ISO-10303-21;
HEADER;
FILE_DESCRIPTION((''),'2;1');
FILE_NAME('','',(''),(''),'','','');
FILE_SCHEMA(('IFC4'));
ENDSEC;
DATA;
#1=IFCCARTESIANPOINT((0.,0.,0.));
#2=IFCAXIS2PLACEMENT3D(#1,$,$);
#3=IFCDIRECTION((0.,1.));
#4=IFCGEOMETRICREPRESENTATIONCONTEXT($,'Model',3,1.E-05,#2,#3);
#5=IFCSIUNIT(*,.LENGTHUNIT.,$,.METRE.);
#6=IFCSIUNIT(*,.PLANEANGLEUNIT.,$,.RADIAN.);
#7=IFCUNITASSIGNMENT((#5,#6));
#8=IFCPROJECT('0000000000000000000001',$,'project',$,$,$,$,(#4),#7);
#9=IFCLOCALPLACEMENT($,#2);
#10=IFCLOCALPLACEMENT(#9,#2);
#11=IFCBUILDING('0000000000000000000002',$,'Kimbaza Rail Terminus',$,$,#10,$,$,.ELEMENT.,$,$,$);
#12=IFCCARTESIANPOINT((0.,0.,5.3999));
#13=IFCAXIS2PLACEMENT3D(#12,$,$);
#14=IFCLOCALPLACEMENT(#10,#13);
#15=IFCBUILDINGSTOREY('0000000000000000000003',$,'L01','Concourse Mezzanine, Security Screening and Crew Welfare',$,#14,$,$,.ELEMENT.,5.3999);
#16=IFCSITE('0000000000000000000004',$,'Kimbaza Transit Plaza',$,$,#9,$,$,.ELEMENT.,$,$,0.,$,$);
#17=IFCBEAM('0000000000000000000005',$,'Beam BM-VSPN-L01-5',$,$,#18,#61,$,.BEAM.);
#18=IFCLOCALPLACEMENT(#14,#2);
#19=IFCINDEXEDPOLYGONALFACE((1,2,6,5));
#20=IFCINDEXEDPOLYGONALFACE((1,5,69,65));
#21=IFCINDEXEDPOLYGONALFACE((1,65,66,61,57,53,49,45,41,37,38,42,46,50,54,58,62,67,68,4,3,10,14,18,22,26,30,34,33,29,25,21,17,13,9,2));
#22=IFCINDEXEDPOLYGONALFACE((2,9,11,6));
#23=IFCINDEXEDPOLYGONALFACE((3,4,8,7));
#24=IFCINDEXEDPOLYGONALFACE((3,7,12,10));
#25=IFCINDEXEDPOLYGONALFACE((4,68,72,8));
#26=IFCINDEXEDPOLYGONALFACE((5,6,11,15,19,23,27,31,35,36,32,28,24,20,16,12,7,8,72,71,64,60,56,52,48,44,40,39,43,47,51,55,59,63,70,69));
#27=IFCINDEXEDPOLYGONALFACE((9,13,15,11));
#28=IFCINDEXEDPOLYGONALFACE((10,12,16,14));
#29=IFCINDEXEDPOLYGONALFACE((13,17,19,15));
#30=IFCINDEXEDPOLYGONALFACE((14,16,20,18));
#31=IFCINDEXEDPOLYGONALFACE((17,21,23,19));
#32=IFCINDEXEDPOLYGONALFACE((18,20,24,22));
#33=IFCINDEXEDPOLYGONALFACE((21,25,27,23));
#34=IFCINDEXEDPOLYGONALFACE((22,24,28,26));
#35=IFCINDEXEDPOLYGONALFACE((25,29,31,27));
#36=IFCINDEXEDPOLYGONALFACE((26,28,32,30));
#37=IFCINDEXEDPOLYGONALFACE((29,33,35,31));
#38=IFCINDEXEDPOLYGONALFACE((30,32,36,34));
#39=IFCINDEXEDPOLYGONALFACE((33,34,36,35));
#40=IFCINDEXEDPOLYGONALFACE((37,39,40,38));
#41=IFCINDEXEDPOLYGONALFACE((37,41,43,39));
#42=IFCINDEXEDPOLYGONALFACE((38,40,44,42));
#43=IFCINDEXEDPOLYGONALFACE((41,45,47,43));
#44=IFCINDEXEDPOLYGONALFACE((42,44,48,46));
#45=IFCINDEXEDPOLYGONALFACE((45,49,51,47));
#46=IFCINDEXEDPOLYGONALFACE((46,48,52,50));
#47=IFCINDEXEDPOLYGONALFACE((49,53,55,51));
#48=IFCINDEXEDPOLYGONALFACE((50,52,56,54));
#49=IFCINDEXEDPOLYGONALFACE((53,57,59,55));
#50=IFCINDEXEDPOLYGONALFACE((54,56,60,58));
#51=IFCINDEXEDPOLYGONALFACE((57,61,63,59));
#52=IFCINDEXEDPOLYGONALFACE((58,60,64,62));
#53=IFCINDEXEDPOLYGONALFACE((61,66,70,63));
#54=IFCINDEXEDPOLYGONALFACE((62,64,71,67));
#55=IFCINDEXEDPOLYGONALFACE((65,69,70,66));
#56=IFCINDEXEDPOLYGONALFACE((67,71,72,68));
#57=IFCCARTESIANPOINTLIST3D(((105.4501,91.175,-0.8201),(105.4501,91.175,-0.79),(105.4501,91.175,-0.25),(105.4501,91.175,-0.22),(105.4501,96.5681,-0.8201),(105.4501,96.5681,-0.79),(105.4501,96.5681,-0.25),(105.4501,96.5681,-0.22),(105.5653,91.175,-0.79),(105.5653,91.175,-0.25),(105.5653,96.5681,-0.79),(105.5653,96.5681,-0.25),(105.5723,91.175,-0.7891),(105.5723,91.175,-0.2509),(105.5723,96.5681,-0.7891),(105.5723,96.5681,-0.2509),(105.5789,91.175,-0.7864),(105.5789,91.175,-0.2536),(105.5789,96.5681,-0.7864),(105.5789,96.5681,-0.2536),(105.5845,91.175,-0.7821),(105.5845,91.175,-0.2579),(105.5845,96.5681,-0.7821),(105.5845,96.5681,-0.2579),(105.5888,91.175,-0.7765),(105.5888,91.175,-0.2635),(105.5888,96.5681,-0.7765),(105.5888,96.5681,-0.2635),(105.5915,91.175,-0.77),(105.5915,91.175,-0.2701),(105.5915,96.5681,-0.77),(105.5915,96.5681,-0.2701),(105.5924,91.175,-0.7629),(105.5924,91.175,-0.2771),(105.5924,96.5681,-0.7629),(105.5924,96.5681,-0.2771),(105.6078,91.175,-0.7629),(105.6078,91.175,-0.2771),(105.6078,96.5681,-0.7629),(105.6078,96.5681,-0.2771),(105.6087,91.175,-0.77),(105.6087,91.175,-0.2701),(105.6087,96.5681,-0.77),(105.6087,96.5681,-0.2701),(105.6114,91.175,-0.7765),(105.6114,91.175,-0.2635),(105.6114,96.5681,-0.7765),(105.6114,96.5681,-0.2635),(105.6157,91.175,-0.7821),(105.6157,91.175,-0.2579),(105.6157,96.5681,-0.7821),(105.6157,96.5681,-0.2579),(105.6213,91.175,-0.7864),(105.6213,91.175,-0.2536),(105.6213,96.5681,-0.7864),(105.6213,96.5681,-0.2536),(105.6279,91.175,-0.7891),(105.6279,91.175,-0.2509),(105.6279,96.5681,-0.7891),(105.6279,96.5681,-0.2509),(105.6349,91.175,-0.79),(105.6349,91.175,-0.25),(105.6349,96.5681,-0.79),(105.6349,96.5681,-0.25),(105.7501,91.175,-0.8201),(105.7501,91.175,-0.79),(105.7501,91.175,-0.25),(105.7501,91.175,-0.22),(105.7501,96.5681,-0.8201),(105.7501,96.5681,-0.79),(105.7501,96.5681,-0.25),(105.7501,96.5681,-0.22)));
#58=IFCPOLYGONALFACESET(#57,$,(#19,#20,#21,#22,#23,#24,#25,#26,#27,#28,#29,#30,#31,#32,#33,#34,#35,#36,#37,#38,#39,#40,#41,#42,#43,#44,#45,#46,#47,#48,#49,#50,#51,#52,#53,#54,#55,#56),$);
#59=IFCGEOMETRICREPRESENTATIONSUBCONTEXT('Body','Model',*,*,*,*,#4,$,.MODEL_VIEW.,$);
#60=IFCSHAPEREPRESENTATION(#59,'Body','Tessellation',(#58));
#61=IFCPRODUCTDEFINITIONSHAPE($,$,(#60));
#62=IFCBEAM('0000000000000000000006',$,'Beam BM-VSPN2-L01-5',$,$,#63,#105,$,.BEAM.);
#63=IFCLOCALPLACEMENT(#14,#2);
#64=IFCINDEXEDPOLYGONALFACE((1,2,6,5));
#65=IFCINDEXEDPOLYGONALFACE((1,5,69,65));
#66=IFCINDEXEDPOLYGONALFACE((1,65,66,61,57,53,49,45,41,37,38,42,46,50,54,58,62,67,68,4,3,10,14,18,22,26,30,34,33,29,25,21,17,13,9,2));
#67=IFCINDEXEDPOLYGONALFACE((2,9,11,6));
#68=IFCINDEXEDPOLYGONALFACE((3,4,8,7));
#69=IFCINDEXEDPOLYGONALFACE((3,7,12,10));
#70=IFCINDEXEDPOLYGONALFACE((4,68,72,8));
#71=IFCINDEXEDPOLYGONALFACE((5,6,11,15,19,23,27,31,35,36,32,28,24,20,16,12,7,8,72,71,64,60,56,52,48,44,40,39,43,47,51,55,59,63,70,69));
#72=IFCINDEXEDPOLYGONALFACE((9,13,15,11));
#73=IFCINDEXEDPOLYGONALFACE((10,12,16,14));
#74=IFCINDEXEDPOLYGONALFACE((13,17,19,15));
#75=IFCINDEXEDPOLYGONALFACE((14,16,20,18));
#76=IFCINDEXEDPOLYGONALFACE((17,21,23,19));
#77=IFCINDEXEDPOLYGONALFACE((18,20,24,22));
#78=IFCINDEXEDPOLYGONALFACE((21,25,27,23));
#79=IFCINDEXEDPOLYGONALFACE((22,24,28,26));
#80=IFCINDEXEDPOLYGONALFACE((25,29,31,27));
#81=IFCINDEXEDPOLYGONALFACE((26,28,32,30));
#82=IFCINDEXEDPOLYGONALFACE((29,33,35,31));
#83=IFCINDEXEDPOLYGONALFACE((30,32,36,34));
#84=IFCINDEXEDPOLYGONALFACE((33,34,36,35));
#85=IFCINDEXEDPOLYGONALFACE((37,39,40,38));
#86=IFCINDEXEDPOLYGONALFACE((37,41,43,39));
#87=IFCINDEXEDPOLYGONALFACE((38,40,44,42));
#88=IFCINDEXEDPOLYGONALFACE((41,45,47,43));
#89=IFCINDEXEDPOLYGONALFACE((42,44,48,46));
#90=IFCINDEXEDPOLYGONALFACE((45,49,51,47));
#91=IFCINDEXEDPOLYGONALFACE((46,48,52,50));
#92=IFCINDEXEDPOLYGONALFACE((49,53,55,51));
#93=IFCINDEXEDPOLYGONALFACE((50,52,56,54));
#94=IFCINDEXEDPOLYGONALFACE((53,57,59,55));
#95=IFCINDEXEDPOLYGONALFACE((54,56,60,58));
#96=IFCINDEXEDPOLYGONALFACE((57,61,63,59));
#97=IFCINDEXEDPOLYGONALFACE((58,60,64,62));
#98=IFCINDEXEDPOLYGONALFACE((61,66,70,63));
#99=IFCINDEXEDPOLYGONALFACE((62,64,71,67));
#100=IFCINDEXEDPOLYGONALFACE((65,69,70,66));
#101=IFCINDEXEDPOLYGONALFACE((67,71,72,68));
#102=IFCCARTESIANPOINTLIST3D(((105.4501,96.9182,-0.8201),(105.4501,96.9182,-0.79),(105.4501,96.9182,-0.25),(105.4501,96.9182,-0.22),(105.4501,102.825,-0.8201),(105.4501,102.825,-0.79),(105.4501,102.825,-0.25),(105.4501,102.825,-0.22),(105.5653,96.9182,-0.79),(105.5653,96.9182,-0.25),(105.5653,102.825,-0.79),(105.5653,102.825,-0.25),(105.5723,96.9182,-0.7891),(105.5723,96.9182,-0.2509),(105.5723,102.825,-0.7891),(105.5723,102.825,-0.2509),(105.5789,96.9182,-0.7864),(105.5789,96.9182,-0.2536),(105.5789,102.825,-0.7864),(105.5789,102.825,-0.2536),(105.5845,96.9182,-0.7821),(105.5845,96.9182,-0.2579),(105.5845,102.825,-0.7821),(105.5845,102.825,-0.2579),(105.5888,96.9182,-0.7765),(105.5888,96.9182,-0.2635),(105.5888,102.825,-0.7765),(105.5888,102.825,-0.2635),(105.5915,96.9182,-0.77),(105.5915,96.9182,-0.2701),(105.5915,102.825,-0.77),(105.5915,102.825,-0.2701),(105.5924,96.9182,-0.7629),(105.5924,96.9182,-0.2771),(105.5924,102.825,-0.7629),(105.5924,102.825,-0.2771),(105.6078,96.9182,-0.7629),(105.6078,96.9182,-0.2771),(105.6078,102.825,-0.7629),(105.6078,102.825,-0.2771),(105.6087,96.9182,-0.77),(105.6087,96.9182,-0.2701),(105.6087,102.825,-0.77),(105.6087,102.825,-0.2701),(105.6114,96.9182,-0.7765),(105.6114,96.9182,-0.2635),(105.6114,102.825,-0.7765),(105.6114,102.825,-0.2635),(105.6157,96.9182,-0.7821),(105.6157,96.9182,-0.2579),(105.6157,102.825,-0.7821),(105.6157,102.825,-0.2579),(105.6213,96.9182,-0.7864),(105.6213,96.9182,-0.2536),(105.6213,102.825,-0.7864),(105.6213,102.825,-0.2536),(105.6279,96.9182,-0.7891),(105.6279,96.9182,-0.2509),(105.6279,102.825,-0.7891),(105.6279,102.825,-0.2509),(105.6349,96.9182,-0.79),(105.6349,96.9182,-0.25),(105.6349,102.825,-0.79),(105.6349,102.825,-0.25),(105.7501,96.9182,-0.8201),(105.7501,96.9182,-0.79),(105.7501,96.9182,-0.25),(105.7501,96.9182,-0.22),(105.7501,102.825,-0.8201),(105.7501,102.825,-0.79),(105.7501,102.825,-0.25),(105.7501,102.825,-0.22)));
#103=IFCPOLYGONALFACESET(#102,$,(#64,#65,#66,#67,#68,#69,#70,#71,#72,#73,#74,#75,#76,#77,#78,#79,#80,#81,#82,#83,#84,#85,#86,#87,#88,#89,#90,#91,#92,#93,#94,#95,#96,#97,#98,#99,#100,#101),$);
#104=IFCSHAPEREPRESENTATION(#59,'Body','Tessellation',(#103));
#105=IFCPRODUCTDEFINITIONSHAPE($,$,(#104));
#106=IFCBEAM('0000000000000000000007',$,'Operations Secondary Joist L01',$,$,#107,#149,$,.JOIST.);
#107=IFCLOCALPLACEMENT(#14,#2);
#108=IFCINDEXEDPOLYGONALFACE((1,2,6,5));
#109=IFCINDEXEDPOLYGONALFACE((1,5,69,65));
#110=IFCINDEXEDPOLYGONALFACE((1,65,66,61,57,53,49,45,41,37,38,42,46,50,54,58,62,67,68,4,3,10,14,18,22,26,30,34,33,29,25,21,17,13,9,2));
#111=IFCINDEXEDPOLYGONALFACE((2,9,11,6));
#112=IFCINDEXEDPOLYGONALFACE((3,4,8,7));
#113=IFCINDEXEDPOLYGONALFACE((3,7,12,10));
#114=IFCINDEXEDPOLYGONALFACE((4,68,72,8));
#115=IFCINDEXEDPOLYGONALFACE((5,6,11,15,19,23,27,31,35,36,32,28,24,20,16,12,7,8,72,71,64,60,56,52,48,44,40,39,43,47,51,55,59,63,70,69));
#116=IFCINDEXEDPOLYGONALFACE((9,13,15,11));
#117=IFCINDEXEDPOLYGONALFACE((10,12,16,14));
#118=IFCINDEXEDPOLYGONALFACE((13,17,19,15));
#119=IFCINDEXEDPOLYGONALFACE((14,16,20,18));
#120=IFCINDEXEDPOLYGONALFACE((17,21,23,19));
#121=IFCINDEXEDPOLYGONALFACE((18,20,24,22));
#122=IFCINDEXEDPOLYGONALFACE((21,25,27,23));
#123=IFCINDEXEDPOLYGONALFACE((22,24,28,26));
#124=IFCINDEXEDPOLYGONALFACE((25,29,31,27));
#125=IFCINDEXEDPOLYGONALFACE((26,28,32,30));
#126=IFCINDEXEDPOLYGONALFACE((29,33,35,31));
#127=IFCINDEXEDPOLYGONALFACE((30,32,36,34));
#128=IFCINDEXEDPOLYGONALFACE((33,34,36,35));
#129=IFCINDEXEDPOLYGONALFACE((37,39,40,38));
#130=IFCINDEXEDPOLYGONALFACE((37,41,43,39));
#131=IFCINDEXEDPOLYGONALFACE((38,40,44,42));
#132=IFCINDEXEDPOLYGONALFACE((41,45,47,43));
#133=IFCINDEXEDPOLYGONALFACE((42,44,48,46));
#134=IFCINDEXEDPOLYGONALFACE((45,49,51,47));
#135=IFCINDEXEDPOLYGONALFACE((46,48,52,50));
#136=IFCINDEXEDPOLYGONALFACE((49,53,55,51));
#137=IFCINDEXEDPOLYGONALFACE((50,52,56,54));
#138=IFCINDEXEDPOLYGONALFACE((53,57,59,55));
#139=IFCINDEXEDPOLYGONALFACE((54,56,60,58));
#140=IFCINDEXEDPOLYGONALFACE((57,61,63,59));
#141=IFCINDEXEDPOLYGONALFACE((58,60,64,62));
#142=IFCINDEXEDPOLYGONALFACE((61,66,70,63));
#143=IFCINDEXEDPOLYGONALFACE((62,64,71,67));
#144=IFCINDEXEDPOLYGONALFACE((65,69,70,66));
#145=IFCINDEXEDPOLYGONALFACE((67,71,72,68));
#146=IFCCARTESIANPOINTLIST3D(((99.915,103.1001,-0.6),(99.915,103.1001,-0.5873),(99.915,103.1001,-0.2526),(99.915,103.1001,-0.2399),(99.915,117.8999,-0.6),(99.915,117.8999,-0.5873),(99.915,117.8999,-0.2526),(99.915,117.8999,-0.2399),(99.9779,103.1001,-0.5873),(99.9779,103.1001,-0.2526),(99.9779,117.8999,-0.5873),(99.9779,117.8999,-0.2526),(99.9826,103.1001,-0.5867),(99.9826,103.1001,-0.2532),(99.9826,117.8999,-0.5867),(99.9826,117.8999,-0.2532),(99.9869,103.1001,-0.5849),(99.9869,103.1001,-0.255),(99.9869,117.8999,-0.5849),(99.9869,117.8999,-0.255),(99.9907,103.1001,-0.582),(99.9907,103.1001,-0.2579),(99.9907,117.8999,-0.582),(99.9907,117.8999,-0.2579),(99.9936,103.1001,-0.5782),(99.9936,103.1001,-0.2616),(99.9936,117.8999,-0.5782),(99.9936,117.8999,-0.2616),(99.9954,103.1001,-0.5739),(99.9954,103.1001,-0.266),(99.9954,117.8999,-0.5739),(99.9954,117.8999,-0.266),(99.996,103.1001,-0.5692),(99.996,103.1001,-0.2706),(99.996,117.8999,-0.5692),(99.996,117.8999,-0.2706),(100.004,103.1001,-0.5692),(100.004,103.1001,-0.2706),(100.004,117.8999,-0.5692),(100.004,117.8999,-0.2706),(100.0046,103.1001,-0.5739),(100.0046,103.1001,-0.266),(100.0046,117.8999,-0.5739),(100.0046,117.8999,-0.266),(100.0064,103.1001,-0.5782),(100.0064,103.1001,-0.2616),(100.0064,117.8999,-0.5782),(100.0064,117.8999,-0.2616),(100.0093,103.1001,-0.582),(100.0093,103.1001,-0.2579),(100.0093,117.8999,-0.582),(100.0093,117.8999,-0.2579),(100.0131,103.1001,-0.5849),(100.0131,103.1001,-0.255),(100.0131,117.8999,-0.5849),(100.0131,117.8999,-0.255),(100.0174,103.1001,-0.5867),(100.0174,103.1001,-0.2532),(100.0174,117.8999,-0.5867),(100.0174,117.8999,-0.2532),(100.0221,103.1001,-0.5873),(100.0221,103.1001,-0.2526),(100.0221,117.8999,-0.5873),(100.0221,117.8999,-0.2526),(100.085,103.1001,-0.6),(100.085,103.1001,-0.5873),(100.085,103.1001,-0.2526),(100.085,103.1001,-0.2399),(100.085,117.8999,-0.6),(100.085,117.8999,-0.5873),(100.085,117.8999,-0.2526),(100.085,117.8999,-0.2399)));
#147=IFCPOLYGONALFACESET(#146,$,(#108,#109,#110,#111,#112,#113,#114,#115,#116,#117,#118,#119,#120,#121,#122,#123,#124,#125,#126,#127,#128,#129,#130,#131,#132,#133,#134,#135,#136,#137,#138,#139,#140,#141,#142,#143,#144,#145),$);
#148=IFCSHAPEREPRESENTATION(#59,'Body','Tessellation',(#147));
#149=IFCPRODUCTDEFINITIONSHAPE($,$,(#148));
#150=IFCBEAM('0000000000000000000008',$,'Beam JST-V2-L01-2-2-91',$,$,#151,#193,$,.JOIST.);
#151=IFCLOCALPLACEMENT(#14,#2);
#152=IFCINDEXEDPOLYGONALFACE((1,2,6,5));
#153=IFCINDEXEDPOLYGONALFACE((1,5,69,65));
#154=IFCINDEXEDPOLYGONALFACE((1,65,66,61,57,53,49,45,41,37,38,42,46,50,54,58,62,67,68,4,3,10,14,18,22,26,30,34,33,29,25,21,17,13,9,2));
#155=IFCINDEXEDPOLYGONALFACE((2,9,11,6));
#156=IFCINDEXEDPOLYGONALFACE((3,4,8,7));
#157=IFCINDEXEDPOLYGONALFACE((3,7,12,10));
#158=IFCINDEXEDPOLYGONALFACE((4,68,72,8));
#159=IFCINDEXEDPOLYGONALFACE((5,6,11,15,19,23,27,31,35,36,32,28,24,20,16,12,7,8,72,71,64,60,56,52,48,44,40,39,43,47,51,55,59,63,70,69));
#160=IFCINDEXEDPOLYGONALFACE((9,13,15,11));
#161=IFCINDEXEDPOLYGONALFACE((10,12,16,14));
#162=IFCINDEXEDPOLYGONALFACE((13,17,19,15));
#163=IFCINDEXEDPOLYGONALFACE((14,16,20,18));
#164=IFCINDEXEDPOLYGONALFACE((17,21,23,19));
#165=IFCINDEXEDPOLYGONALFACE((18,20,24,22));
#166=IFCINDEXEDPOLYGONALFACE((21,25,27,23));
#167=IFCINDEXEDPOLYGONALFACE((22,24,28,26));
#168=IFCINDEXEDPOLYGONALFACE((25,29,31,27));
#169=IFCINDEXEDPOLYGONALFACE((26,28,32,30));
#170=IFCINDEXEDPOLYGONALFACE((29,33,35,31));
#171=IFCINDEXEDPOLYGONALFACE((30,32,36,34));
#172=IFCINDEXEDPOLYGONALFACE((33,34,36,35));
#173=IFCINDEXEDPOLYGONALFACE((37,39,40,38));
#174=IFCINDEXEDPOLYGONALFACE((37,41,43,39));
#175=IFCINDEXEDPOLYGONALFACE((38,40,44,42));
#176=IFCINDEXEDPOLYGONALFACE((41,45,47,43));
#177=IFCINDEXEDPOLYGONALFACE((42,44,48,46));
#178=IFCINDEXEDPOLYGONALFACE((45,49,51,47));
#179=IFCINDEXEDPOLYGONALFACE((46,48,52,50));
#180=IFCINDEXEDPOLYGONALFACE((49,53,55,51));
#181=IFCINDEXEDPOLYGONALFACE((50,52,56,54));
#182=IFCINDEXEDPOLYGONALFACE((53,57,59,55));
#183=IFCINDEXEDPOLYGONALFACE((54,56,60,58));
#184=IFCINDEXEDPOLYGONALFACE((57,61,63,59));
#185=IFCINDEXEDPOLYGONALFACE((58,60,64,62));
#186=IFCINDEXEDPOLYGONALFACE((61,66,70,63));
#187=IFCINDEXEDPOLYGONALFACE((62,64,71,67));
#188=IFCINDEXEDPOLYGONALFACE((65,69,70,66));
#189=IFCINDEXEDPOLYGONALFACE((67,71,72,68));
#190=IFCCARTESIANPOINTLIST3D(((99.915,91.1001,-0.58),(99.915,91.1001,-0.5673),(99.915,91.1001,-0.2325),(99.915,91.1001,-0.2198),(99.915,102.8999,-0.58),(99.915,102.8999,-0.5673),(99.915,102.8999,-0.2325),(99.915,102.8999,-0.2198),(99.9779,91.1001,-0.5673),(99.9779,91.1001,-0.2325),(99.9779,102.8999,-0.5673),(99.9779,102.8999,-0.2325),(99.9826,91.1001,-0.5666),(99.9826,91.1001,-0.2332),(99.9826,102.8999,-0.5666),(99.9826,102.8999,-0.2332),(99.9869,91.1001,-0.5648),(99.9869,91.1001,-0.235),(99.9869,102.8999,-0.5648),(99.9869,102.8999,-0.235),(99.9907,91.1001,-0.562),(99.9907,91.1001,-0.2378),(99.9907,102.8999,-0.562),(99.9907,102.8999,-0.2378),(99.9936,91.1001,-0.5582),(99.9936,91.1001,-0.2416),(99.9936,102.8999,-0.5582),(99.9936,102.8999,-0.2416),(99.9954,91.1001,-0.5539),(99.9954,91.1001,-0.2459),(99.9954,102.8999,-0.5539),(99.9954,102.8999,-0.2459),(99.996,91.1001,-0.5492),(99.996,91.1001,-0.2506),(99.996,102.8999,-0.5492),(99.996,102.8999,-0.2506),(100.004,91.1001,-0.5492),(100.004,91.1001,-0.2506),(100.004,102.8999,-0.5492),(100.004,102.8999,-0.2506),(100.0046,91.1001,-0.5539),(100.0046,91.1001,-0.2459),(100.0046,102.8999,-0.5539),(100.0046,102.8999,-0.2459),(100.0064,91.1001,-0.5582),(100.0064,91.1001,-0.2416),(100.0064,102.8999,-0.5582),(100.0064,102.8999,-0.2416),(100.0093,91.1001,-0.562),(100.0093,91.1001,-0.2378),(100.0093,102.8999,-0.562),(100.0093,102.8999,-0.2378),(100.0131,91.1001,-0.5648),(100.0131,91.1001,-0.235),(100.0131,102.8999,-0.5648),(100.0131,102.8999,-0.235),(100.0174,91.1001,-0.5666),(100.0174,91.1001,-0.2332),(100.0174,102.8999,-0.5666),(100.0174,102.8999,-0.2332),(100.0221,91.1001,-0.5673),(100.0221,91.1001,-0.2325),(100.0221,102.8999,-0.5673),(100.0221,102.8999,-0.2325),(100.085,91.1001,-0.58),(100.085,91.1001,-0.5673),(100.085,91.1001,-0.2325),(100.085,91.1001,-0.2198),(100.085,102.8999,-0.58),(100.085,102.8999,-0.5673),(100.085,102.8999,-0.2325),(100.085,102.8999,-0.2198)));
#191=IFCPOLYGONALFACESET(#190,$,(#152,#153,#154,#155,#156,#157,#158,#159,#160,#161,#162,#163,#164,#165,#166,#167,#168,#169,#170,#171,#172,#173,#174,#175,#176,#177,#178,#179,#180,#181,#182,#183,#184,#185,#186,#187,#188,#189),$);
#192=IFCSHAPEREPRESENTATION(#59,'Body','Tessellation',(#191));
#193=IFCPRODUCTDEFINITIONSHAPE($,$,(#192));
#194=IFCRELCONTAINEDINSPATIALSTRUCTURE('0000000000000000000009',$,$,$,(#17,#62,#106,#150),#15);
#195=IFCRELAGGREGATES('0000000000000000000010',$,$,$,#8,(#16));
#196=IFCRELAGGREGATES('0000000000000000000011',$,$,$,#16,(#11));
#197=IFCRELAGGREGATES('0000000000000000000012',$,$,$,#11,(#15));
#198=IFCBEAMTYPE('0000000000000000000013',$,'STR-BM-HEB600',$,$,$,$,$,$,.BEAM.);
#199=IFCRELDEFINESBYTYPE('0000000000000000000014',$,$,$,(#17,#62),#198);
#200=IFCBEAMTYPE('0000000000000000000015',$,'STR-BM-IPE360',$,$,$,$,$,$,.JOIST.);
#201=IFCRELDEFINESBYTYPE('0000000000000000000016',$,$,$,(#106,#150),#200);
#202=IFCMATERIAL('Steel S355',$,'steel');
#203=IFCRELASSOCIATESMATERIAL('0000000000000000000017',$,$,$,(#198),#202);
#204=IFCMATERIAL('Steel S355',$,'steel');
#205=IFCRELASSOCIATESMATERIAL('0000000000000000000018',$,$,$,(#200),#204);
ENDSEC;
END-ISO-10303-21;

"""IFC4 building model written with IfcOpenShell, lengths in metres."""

from ifc_helpers import new_model, si_unit, direction, frame, origin, origin_2d, place, context, subcontext, project, spatial, i_section, extrude, material, material_profile, profile_set, type_object, element, save


model = new_model("IFC4")

# Units and contexts
model_context = context("Model", 3, precision=1e-05, world=origin(), true_north=direction((0.0, 1.0)))
body_context = subcontext(model_context, "Body", "Model", "MODEL_VIEW")
ifc_project = project(units=[si_unit("LENGTHUNIT", "METRE"), si_unit("PLANEANGLEUNIT", "RADIAN")], contexts=[model_context])

# Site, building, storey
site_placement = place(None, origin())
site = spatial("IfcSite", under=ifc_project, at=site_placement, Name="Kimbaza Transit Plaza", CompositionType="ELEMENT", RefElevation=0.0)
building_placement = place(site_placement, origin())
building = spatial("IfcBuilding", under=site, at=building_placement, Name="Kimbaza Rail Terminus", CompositionType="ELEMENT")
storey_placement = place(building_placement, frame((0.0, 0.0, 5.3999)))
storey = spatial("IfcBuildingStorey", under=building, at=storey_placement, Name="L01", Description="Concourse Mezzanine, Security Screening and Crew Welfare", CompositionType="ELEMENT", Elevation=5.3999)

# Beams
ifc_material_1 = material(Name="Steel S355", Category="steel")
ifc_material_profile_1 = material_profile(ifc_material_1, i_section(OverallWidth=0.3, OverallDepth=0.6001, WebThickness=0.0154, FlangeThickness=0.03, FilletRadius=0.0271, at=origin_2d()), Name="HEB 600")
ifc_profile_set_1 = profile_set([ifc_material_profile_1], Name="Steel S355")
beam_type_1 = type_object("IfcBeamType", Name="STR-BM-HEB600", PredefinedType="BEAM", material=ifc_profile_set_1)
beam_1_placement = place(storey_placement, frame((105.6001, 91.175, -0.52), z_axis=(0.0, 1.0, 0.0), x_axis=(-1.0, 0.0, 0.0)))
element("IfcBeam", 1, at=beam_1_placement, inside=storey, type_object=beam_type_1, Name="Beam BM-VSPN-L01-5", PredefinedType="BEAM", context=body_context, shape_type="SweptSolid", body=[
    extrude(i_section(OverallWidth=0.3, OverallDepth=0.6001, WebThickness=0.0154, FlangeThickness=0.03, FilletRadius=0.0271, at=origin_2d()), origin(), (0.0, 0.0, 1.0), 5.3931),
])
beam_2_placement = place(storey_placement, frame((105.6001, 96.9182, -0.52), z_axis=(0.0, 1.0, 0.0), x_axis=(-1.0, 0.0, 0.0)))
element("IfcBeam", 2, at=beam_2_placement, inside=storey, type_object=beam_type_1, Name="Beam BM-VSPN2-L01-5", PredefinedType="BEAM", context=body_context, shape_type="SweptSolid", body=[
    extrude(i_section(OverallWidth=0.3, OverallDepth=0.6001, WebThickness=0.0154, FlangeThickness=0.03, FilletRadius=0.0271, at=origin_2d()), origin(), (0.0, 0.0, 1.0), 5.9067),
])
ifc_material_2 = material(Name="Steel S355", Category="steel")
ifc_material_profile_2 = material_profile(ifc_material_2, i_section(OverallWidth=0.1699, OverallDepth=0.3601, WebThickness=0.0081, FlangeThickness=0.0127, FilletRadius=0.0181, at=origin_2d()), Name="IPE 360")
ifc_profile_set_2 = profile_set([ifc_material_profile_2], Name="Steel S355")
beam_type_2 = type_object("IfcBeamType", Name="STR-BM-IPE360", PredefinedType="JOIST", material=ifc_profile_set_2)
beam_3_placement = place(storey_placement, frame((100.0, 103.1001, -0.4199), z_axis=(0.0, 1.0, 0.0), x_axis=(-1.0, 0.0, 0.0)))
element("IfcBeam", 3, at=beam_3_placement, inside=storey, type_object=beam_type_2, Name="Operations Secondary Joist L01", PredefinedType="JOIST", context=body_context, shape_type="SweptSolid", body=[
    extrude(i_section(OverallWidth=0.1699, OverallDepth=0.3601, WebThickness=0.0081, FlangeThickness=0.0127, FilletRadius=0.0181, at=origin_2d()), origin(), (0.0, 0.0, 1.0), 14.7998),
])
for number, where, z_axis, x_axis, name in (
    (4, (100.0, 91.1001, -0.3999), (0.0, 1.0, 0.0), (-1.0, 0.0, 0.0), "Beam JST-V2-L01-2-2-91"),
):
    element("IfcBeam", number, at=place(storey_placement, frame(where, z_axis=z_axis, x_axis=x_axis)), inside=storey, type_object=beam_type_2, Name=name, PredefinedType="JOIST", context=body_context, shape_type="SweptSolid", body=[
        extrude(i_section(OverallWidth=0.1699, OverallDepth=0.3601, WebThickness=0.0081, FlangeThickness=0.0127, FilletRadius=0.0181, at=origin_2d()), origin(), (0.0, 0.0, 1.0), 11.7998),
    ])

save(model, "model.ifc")
